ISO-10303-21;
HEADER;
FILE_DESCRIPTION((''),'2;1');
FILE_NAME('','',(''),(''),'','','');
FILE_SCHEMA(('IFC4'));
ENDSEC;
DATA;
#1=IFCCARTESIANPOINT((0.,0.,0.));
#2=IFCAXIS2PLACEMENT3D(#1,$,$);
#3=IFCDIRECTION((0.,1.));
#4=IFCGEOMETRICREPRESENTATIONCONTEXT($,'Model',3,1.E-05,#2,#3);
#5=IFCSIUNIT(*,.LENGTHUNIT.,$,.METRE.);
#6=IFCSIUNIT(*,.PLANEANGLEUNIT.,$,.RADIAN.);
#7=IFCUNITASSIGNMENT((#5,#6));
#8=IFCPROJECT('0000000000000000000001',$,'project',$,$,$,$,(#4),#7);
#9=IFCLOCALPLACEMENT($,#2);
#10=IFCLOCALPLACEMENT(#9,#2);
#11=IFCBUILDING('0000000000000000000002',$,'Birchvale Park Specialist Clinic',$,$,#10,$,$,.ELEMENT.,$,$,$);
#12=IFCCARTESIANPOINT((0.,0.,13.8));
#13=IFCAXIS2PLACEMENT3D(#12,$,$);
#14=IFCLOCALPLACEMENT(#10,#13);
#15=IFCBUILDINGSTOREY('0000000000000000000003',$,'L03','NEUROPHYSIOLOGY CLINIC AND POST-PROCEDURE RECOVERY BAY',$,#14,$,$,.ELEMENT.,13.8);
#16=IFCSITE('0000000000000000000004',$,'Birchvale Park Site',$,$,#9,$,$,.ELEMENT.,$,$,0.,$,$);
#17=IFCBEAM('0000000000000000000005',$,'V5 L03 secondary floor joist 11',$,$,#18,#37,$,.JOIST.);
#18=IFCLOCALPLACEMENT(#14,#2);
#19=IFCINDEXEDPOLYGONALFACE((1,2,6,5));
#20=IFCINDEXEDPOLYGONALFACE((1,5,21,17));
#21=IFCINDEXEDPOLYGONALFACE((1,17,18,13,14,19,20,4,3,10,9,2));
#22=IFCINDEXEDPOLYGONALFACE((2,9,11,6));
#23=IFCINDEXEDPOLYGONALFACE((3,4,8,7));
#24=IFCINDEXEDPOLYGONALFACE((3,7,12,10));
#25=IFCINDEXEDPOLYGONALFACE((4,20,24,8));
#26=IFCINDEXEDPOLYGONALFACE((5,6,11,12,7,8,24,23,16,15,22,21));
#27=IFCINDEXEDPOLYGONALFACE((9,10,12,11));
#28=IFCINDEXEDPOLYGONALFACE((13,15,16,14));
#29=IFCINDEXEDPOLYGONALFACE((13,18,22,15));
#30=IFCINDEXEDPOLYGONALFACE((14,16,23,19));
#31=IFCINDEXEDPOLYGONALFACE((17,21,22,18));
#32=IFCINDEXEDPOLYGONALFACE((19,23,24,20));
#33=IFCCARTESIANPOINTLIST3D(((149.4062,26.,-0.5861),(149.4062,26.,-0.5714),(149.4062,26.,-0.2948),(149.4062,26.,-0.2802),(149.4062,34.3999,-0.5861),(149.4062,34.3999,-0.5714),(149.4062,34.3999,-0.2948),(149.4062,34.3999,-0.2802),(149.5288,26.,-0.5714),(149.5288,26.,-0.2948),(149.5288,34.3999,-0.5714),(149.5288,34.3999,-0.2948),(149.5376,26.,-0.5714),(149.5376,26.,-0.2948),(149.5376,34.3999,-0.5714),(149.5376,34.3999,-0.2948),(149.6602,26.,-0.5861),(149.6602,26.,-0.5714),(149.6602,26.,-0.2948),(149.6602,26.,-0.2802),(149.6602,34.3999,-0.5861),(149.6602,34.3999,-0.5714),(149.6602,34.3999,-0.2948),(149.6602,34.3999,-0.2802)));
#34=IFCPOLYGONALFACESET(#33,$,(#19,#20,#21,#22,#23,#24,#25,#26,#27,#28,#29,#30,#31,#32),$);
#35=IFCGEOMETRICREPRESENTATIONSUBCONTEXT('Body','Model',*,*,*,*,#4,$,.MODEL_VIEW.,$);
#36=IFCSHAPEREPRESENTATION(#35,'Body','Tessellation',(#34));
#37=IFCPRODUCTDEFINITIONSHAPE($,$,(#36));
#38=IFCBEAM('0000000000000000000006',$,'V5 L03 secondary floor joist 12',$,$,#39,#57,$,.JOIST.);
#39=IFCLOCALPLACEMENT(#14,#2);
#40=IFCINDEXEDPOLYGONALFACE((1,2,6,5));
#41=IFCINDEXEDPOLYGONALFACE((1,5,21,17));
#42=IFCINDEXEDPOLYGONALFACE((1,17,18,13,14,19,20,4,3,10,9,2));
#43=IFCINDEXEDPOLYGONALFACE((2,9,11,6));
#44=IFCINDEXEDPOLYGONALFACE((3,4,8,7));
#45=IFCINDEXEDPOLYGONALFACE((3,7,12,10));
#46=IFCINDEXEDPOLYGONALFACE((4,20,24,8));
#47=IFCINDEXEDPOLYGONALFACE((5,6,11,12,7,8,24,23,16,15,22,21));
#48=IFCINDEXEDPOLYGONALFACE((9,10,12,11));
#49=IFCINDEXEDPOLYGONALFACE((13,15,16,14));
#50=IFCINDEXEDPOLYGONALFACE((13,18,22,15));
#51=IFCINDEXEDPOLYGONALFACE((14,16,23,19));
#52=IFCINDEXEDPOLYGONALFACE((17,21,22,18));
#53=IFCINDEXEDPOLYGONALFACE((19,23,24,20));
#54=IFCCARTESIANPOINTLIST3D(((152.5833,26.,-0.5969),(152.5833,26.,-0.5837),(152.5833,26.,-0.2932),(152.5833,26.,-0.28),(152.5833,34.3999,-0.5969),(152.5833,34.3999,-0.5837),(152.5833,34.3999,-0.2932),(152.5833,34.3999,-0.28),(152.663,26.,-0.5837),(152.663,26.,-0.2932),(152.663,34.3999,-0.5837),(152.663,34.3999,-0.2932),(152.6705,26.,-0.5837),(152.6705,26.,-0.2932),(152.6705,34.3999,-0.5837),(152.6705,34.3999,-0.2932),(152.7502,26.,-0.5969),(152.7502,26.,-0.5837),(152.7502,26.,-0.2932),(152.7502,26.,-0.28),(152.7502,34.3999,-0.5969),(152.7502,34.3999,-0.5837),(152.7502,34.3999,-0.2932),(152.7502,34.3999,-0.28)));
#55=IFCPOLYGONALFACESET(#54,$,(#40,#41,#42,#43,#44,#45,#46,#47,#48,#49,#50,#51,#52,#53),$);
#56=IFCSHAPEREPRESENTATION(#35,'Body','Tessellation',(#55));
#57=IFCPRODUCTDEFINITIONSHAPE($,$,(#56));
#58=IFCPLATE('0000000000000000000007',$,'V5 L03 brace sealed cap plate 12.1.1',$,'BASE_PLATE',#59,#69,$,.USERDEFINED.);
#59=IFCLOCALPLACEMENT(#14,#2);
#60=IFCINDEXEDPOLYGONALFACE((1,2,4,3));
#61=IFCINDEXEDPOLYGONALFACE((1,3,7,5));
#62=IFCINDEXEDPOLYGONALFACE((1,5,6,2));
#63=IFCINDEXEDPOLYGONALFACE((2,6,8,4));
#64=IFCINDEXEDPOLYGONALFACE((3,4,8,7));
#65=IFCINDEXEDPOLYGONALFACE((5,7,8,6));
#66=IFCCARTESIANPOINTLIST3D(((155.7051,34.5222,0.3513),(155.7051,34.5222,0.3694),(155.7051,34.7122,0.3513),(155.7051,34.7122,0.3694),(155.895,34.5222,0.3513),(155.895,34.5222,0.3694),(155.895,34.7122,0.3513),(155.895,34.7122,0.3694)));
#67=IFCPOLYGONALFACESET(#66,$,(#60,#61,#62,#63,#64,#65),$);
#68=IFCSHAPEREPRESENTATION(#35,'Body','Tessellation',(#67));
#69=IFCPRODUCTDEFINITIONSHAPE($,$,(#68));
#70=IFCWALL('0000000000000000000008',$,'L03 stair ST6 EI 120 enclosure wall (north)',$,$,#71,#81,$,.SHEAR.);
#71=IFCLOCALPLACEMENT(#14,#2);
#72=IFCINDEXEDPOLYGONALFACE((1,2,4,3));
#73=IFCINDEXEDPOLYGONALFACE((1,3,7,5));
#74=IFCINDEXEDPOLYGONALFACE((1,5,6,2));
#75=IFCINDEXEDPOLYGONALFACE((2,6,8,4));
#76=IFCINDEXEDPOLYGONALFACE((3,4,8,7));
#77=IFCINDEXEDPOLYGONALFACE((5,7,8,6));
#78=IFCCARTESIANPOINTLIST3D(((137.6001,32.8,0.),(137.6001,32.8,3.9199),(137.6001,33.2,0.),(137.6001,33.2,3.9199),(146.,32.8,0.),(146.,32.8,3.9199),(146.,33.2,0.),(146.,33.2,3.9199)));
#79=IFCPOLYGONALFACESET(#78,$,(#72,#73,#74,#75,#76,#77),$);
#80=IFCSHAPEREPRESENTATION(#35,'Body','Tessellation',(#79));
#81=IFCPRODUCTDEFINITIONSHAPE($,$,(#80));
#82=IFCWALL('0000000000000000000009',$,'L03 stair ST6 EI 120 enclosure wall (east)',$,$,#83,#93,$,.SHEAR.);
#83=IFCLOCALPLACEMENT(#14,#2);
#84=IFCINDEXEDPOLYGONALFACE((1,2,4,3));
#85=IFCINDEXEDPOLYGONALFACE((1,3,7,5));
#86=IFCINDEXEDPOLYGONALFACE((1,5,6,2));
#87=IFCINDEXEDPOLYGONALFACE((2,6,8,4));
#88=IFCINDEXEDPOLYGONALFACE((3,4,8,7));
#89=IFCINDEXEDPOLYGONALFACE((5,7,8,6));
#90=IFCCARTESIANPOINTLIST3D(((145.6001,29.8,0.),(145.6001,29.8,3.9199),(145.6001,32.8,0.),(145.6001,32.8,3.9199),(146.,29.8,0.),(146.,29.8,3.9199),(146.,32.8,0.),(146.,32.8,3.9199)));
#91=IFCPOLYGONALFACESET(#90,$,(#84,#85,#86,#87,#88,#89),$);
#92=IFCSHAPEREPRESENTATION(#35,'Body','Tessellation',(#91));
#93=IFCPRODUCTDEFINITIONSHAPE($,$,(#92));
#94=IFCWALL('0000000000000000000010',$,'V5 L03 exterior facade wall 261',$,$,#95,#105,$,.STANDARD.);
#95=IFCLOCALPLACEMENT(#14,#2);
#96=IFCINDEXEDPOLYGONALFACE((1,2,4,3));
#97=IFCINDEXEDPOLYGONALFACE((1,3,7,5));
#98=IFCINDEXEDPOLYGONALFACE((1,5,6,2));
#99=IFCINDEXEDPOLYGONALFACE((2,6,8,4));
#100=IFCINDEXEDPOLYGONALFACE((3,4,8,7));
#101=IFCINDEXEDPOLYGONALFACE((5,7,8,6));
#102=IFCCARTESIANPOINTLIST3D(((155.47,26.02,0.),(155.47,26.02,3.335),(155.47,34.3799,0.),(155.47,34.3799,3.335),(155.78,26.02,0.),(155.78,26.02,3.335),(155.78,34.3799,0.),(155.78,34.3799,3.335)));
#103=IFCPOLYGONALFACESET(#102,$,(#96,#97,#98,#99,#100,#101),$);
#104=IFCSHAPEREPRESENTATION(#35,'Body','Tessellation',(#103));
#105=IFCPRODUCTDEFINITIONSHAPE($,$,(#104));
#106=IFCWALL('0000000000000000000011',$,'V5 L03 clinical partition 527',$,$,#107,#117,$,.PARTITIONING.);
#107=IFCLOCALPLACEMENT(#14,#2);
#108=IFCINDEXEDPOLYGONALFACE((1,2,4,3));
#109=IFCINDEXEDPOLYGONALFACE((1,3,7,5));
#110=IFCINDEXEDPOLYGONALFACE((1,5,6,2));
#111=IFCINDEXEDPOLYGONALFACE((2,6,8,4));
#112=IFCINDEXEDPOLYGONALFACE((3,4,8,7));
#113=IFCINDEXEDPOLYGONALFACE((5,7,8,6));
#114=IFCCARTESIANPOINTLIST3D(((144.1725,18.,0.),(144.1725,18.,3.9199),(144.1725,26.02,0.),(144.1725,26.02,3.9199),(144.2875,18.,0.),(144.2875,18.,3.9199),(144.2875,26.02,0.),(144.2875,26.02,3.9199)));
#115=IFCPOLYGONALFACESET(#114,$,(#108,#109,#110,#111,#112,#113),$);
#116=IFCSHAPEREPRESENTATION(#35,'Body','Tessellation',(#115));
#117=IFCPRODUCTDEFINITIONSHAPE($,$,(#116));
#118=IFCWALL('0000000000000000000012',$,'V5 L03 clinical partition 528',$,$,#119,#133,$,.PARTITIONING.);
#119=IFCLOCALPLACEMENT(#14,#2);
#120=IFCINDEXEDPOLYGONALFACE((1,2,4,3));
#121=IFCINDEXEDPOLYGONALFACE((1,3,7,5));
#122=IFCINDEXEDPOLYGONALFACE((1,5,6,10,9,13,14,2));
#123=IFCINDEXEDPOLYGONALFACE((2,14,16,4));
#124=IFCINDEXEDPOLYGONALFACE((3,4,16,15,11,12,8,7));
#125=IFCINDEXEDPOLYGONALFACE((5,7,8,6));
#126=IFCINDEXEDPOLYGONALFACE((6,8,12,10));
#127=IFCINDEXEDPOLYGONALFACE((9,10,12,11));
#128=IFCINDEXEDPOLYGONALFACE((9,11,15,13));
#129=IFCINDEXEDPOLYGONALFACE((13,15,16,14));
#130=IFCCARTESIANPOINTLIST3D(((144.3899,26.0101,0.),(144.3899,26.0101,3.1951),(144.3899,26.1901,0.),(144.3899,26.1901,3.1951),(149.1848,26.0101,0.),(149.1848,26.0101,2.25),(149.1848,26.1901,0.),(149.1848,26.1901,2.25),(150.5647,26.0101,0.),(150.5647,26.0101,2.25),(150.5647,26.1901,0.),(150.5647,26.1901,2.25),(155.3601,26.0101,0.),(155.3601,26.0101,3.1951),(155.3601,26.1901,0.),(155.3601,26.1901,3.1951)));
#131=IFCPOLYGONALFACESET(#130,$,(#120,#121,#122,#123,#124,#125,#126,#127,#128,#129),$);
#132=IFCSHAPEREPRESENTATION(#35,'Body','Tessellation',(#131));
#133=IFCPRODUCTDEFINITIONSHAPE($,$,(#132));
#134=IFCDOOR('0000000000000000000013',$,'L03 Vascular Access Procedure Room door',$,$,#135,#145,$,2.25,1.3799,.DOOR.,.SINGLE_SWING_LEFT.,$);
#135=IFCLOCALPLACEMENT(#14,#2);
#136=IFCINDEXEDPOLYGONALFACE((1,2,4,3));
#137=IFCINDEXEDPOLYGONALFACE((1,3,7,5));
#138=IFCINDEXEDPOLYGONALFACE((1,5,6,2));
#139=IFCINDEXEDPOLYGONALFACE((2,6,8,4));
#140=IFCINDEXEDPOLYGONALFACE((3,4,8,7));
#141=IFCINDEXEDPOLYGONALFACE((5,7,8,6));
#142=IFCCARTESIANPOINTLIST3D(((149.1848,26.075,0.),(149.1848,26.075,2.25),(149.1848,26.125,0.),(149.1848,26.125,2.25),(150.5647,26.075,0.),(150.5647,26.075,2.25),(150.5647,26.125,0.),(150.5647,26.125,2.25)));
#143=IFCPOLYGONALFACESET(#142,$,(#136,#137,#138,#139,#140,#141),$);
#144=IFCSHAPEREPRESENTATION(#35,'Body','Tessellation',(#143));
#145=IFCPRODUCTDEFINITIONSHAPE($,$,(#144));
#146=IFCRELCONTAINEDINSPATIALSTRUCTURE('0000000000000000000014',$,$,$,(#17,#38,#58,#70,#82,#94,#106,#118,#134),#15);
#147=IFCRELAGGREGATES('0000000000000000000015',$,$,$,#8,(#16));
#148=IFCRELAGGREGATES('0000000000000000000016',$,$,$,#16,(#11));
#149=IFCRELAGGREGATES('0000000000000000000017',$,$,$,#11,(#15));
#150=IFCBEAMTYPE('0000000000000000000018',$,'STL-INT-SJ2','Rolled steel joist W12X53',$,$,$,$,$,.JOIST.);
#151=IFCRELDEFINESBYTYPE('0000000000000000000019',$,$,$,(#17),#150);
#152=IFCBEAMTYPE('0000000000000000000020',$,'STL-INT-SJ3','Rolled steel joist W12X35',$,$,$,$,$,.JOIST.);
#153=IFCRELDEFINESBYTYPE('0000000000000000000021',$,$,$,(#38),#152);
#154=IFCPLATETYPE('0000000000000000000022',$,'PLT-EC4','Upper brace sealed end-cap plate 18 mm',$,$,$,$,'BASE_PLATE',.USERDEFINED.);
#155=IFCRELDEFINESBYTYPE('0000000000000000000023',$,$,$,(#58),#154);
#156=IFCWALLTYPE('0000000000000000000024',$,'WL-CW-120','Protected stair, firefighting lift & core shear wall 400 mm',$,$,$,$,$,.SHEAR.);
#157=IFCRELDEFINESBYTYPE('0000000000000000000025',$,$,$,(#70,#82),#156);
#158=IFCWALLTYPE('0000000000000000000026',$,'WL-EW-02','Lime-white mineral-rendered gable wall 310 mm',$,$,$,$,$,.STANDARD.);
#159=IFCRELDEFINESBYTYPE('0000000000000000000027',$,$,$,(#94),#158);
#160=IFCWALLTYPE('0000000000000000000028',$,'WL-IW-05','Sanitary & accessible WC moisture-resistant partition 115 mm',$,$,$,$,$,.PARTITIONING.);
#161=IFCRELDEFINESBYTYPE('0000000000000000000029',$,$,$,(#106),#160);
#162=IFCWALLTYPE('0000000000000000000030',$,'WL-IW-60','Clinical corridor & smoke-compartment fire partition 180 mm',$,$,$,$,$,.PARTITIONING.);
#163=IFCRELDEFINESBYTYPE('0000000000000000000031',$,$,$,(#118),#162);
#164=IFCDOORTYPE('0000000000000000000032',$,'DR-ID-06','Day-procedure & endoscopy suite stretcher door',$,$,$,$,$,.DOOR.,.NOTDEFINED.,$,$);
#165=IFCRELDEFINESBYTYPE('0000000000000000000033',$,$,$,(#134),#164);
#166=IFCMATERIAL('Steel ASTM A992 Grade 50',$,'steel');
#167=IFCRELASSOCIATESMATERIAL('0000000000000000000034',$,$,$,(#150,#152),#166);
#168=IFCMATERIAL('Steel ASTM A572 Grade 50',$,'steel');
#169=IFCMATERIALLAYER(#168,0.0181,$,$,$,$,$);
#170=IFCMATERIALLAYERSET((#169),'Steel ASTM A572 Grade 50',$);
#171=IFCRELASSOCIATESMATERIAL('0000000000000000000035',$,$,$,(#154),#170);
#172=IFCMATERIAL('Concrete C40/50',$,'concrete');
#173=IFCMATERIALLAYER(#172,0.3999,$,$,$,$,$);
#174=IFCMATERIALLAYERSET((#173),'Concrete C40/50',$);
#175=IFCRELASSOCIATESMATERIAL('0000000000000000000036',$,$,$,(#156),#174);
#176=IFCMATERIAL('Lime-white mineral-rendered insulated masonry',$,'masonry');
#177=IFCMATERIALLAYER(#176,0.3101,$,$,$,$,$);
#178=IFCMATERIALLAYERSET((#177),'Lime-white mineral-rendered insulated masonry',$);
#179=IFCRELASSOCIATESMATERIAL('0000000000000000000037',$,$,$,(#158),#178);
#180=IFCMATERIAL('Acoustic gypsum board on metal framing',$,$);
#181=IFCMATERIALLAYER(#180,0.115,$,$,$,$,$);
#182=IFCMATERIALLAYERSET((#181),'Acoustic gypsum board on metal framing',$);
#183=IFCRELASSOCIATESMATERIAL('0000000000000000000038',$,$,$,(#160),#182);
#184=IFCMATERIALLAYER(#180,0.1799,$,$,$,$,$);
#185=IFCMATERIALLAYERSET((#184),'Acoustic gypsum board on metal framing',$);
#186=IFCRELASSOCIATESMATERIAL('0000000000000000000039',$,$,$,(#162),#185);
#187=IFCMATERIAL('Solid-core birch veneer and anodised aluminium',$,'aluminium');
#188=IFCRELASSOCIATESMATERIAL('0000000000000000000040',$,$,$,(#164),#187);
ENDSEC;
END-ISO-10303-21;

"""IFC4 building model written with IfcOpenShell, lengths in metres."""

from ifc_helpers import new_model, si_unit, direction, frame, frame_2d, origin, origin_2d, place, context, subcontext, project, spatial, rectangle, i_section, extrude, material, layer, layer_set, material_profile, profile_set, type_object, element, fill, save


model = new_model("IFC4")

# Units and contexts
model_context = context("Model", 3, precision=1e-05, world=origin(), true_north=direction((0.0, 1.0)))
body_context = subcontext(model_context, "Body", "Model", "MODEL_VIEW")
ifc_project = project(units=[si_unit("LENGTHUNIT", "METRE"), si_unit("PLANEANGLEUNIT", "RADIAN")], contexts=[model_context])

# Site, building, storey
site_placement = place(None, origin())
site = spatial("IfcSite", under=ifc_project, at=site_placement, Name="Birchvale Park Site", CompositionType="ELEMENT", RefElevation=0.0)
building_placement = place(site_placement, origin())
building = spatial("IfcBuilding", under=site, at=building_placement, Name="Birchvale Park Specialist Clinic", CompositionType="ELEMENT")
storey_placement = place(building_placement, frame((0.0, 0.0, 13.8)))
storey = spatial("IfcBuildingStorey", under=building, at=storey_placement, Name="L03", Description="NEUROPHYSIOLOGY CLINIC AND POST-PROCEDURE RECOVERY BAY", CompositionType="ELEMENT", Elevation=13.8)

# Shared definitions
ifc_material_1 = material(Name="Concrete C40/50", Category="concrete")

# Beams
ifc_material_2 = material(Name="Steel ASTM A992 Grade 50", Category="steel")
ifc_material_profile_1 = material_profile(ifc_material_2, i_section(OverallWidth=0.2539, OverallDepth=0.3059, WebThickness=0.0088, FlangeThickness=0.0146, at=origin_2d()), Name="W12X53")
ifc_profile_set_1 = profile_set([ifc_material_profile_1], Name="Steel ASTM A992 Grade 50")
beam_type_1 = type_object("IfcBeamType", Name="STL-INT-SJ2", Description="Rolled steel joist W12X53", PredefinedType="JOIST", material=ifc_profile_set_1)
beam_1_placement = place(storey_placement, frame((149.5332, 26.0, -0.4331), z_axis=(0.0, 1.0, 0.0), x_axis=(-1.0, 0.0, 0.0)))
element("IfcBeam", 1, at=beam_1_placement, inside=storey, type_object=beam_type_1, Name="V5 L03 secondary floor joist 11", PredefinedType="JOIST", context=body_context, shape_type="SweptSolid", body=[
    extrude(i_section(OverallWidth=0.2539, OverallDepth=0.3059, WebThickness=0.0088, FlangeThickness=0.0146, at=origin_2d()), origin(), (0.0, 0.0, 1.0), 8.3999),
])
ifc_material_profile_2 = material_profile(ifc_material_2, i_section(OverallWidth=0.167, OverallDepth=0.3169, WebThickness=0.0076, FlangeThickness=0.0132, at=origin_2d()), Name="W12X35")
ifc_profile_set_2 = profile_set([ifc_material_profile_2], Name="Steel ASTM A992 Grade 50")
beam_type_2 = type_object("IfcBeamType", Name="STL-INT-SJ3", Description="Rolled steel joist W12X35", PredefinedType="JOIST", material=ifc_profile_set_2)
beam_2_placement = place(storey_placement, frame((152.6667, 26.0, -0.4385), z_axis=(0.0, 1.0, 0.0), x_axis=(-1.0, 0.0, 0.0)))
element("IfcBeam", 2, at=beam_2_placement, inside=storey, type_object=beam_type_2, Name="V5 L03 secondary floor joist 12", PredefinedType="JOIST", context=body_context, shape_type="SweptSolid", body=[
    extrude(i_section(OverallWidth=0.167, OverallDepth=0.3169, WebThickness=0.0076, FlangeThickness=0.0132, at=origin_2d()), origin(), (0.0, 0.0, 1.0), 8.3999),
])

# Plate
ifc_material_3 = material(Name="Steel ASTM A572 Grade 50", Category="steel")
ifc_layer_1 = layer(ifc_material_3, 0.0181)
ifc_layer_set_1 = layer_set([ifc_layer_1], Name="Steel ASTM A572 Grade 50")
plate_type = type_object("IfcPlateType", Name="PLT-EC4", Description="Upper brace sealed end-cap plate 18 mm", ElementType="BASE_PLATE", PredefinedType="USERDEFINED", material=ifc_layer_set_1)
plate_placement = place(storey_placement, frame((155.8, 34.6172, 0.3513), z_axis=(0.0, 0.0, 1.0), x_axis=(1.0, 0.0, 0.0)))
element("IfcPlate", 3, at=plate_placement, inside=storey, type_object=plate_type, Name="V5 L03 brace sealed cap plate 12.1.1", ObjectType="BASE_PLATE", PredefinedType="USERDEFINED", context=body_context, shape_type="SweptSolid", body=[
    extrude(rectangle(XDim=0.1899, YDim=0.1899, at=origin_2d()), origin(), (0.0, 0.0, 1.0), 0.0181),
])

# Walls
ifc_layer_2 = layer(ifc_material_1, 0.3999)
ifc_layer_set_2 = layer_set([ifc_layer_2], Name="Concrete C40/50")
wall_type_1 = type_object("IfcWallType", Name="WL-CW-120", Description="Protected stair, firefighting lift & core shear wall 400 mm", PredefinedType="SHEAR", material=ifc_layer_set_2)
wall_1_placement = place(storey_placement, frame((146.0, 33.0, 0.0), z_axis=(0.0, 0.0, 1.0), x_axis=(-1.0, 0.0, 0.0)))
element("IfcWall", 4, at=wall_1_placement, inside=storey, type_object=wall_type_1, Name="L03 stair ST6 EI 120 enclosure wall (north)", PredefinedType="SHEAR", context=body_context, shape_type="SweptSolid", body=[
    extrude(rectangle(XDim=8.3999, YDim=0.3999, at=frame_2d((4.2, 0.0))), origin(), (0.0, 0.0, 1.0), 3.9199),
])
wall_2_placement = place(storey_placement, frame((145.8, 32.8, 0.0), z_axis=(0.0, 0.0, 1.0), x_axis=(0.0, -1.0, 0.0)))
element("IfcWall", 5, at=wall_2_placement, inside=storey, type_object=wall_type_1, Name="L03 stair ST6 EI 120 enclosure wall (east)", PredefinedType="SHEAR", context=body_context, shape_type="SweptSolid", body=[
    extrude(rectangle(XDim=3.0, YDim=0.3999, at=frame_2d((1.5, 0.0))), origin(), (0.0, 0.0, 1.0), 3.9199),
])
ifc_material_4 = material(Name="Lime-white mineral-rendered insulated masonry", Category="masonry")
ifc_layer_3 = layer(ifc_material_4, 0.3101)
ifc_layer_set_3 = layer_set([ifc_layer_3], Name="Lime-white mineral-rendered insulated masonry")
wall_type_2 = type_object("IfcWallType", Name="WL-EW-02", Description="Lime-white mineral-rendered gable wall 310 mm", PredefinedType="STANDARD", material=ifc_layer_set_3)
wall_3_placement = place(storey_placement, frame((155.625, 26.02, 0.0), z_axis=(0.0, 0.0, 1.0), x_axis=(0.0, 1.0, 0.0)))
element("IfcWall", 6, at=wall_3_placement, inside=storey, type_object=wall_type_2, Name="V5 L03 exterior facade wall 261", PredefinedType="STANDARD", context=body_context, shape_type="SweptSolid", body=[
    extrude(rectangle(XDim=8.3599, YDim=0.3101, at=frame_2d((4.1799, 0.0))), origin(), (0.0, 0.0, 1.0), 3.335),
])
ifc_material_5 = material(Name="Acoustic gypsum board on metal framing")
ifc_layer_4 = layer(ifc_material_5, 0.115)
ifc_layer_set_4 = layer_set([ifc_layer_4], Name="Acoustic gypsum board on metal framing")
wall_type_3 = type_object("IfcWallType", Name="WL-IW-05", Description="Sanitary & accessible WC moisture-resistant partition 115 mm", PredefinedType="PARTITIONING", material=ifc_layer_set_4)
wall_4_placement = place(storey_placement, frame((144.23, 26.02, 0.0), z_axis=(0.0, 0.0, 1.0), x_axis=(0.0, -1.0, 0.0)))
element("IfcWall", 7, at=wall_4_placement, inside=storey, type_object=wall_type_3, Name="V5 L03 clinical partition 527", PredefinedType="PARTITIONING", context=body_context, shape_type="SweptSolid", body=[
    extrude(rectangle(XDim=8.02, YDim=0.115, at=frame_2d((4.01, 0.0))), origin(), (0.0, 0.0, 1.0), 3.9199),
])

# Wall, opening, door
ifc_layer_5 = layer(ifc_material_5, 0.1799)
ifc_layer_set_5 = layer_set([ifc_layer_5], Name="Acoustic gypsum board on metal framing")
wall_type_4 = type_object("IfcWallType", Name="WL-IW-60", Description="Clinical corridor & smoke-compartment fire partition 180 mm", PredefinedType="PARTITIONING", material=ifc_layer_set_5)
wall_5_placement = place(storey_placement, frame((144.3899, 26.1001, 0.0), z_axis=(0.0, 0.0, 1.0), x_axis=(1.0, 0.0, 0.0)))
wall_5 = element("IfcWall", 8, at=wall_5_placement, inside=storey, type_object=wall_type_4, Name="V5 L03 clinical partition 528", PredefinedType="PARTITIONING", context=body_context, shape_type="SweptSolid", body=[
    extrude(rectangle(XDim=10.9702, YDim=0.1799, at=frame_2d((5.4851, 0.0))), origin(), (0.0, 0.0, 1.0), 3.1951),
])
opening_1_placement = place(wall_5_placement, frame((4.7949, 0.0, 0.0)))
opening_1 = element("IfcOpeningElement", 9, at=opening_1_placement, cuts=wall_5, PredefinedType="OPENING", context=body_context, shape_type="SweptSolid", body=[
    extrude(rectangle(XDim=1.3799, YDim=2.25, at=frame_2d((0.6899, 1.125))), frame((0.0, 0.1001, 0.0), z_axis=(0.0, -1.0, 0.0), x_axis=(1.0, 0.0, 0.0)), (0.0, 0.0, 1.0), 0.2),
])
ifc_material_6 = material(Name="Solid-core birch veneer and anodised aluminium", Category="aluminium")
door_type_1 = type_object("IfcDoorType", Name="DR-ID-06", Description="Day-procedure & endoscopy suite stretcher door", OperationType="NOTDEFINED", PredefinedType="DOOR", material=ifc_material_6)
door_1_placement = place(opening_1_placement, origin())
door_1 = element("IfcDoor", 10, at=door_1_placement, inside=storey, type_object=door_type_1, Name="L03 Vascular Access Procedure Room door", OperationType="SINGLE_SWING_LEFT", OverallHeight=2.25, OverallWidth=1.3799, PredefinedType="DOOR", context=body_context, shape_type="SweptSolid", body=[
    extrude(rectangle(XDim=1.3799, YDim=2.25, at=frame_2d((0.6899, 1.125))), frame((0.0, 0.0249, 0.0), z_axis=(0.0, -1.0, 0.0), x_axis=(1.0, 0.0, 0.0)), (0.0, 0.0, 1.0), 0.05),
])
fill(opening_1, door_1)

save(model, "model.ifc")
